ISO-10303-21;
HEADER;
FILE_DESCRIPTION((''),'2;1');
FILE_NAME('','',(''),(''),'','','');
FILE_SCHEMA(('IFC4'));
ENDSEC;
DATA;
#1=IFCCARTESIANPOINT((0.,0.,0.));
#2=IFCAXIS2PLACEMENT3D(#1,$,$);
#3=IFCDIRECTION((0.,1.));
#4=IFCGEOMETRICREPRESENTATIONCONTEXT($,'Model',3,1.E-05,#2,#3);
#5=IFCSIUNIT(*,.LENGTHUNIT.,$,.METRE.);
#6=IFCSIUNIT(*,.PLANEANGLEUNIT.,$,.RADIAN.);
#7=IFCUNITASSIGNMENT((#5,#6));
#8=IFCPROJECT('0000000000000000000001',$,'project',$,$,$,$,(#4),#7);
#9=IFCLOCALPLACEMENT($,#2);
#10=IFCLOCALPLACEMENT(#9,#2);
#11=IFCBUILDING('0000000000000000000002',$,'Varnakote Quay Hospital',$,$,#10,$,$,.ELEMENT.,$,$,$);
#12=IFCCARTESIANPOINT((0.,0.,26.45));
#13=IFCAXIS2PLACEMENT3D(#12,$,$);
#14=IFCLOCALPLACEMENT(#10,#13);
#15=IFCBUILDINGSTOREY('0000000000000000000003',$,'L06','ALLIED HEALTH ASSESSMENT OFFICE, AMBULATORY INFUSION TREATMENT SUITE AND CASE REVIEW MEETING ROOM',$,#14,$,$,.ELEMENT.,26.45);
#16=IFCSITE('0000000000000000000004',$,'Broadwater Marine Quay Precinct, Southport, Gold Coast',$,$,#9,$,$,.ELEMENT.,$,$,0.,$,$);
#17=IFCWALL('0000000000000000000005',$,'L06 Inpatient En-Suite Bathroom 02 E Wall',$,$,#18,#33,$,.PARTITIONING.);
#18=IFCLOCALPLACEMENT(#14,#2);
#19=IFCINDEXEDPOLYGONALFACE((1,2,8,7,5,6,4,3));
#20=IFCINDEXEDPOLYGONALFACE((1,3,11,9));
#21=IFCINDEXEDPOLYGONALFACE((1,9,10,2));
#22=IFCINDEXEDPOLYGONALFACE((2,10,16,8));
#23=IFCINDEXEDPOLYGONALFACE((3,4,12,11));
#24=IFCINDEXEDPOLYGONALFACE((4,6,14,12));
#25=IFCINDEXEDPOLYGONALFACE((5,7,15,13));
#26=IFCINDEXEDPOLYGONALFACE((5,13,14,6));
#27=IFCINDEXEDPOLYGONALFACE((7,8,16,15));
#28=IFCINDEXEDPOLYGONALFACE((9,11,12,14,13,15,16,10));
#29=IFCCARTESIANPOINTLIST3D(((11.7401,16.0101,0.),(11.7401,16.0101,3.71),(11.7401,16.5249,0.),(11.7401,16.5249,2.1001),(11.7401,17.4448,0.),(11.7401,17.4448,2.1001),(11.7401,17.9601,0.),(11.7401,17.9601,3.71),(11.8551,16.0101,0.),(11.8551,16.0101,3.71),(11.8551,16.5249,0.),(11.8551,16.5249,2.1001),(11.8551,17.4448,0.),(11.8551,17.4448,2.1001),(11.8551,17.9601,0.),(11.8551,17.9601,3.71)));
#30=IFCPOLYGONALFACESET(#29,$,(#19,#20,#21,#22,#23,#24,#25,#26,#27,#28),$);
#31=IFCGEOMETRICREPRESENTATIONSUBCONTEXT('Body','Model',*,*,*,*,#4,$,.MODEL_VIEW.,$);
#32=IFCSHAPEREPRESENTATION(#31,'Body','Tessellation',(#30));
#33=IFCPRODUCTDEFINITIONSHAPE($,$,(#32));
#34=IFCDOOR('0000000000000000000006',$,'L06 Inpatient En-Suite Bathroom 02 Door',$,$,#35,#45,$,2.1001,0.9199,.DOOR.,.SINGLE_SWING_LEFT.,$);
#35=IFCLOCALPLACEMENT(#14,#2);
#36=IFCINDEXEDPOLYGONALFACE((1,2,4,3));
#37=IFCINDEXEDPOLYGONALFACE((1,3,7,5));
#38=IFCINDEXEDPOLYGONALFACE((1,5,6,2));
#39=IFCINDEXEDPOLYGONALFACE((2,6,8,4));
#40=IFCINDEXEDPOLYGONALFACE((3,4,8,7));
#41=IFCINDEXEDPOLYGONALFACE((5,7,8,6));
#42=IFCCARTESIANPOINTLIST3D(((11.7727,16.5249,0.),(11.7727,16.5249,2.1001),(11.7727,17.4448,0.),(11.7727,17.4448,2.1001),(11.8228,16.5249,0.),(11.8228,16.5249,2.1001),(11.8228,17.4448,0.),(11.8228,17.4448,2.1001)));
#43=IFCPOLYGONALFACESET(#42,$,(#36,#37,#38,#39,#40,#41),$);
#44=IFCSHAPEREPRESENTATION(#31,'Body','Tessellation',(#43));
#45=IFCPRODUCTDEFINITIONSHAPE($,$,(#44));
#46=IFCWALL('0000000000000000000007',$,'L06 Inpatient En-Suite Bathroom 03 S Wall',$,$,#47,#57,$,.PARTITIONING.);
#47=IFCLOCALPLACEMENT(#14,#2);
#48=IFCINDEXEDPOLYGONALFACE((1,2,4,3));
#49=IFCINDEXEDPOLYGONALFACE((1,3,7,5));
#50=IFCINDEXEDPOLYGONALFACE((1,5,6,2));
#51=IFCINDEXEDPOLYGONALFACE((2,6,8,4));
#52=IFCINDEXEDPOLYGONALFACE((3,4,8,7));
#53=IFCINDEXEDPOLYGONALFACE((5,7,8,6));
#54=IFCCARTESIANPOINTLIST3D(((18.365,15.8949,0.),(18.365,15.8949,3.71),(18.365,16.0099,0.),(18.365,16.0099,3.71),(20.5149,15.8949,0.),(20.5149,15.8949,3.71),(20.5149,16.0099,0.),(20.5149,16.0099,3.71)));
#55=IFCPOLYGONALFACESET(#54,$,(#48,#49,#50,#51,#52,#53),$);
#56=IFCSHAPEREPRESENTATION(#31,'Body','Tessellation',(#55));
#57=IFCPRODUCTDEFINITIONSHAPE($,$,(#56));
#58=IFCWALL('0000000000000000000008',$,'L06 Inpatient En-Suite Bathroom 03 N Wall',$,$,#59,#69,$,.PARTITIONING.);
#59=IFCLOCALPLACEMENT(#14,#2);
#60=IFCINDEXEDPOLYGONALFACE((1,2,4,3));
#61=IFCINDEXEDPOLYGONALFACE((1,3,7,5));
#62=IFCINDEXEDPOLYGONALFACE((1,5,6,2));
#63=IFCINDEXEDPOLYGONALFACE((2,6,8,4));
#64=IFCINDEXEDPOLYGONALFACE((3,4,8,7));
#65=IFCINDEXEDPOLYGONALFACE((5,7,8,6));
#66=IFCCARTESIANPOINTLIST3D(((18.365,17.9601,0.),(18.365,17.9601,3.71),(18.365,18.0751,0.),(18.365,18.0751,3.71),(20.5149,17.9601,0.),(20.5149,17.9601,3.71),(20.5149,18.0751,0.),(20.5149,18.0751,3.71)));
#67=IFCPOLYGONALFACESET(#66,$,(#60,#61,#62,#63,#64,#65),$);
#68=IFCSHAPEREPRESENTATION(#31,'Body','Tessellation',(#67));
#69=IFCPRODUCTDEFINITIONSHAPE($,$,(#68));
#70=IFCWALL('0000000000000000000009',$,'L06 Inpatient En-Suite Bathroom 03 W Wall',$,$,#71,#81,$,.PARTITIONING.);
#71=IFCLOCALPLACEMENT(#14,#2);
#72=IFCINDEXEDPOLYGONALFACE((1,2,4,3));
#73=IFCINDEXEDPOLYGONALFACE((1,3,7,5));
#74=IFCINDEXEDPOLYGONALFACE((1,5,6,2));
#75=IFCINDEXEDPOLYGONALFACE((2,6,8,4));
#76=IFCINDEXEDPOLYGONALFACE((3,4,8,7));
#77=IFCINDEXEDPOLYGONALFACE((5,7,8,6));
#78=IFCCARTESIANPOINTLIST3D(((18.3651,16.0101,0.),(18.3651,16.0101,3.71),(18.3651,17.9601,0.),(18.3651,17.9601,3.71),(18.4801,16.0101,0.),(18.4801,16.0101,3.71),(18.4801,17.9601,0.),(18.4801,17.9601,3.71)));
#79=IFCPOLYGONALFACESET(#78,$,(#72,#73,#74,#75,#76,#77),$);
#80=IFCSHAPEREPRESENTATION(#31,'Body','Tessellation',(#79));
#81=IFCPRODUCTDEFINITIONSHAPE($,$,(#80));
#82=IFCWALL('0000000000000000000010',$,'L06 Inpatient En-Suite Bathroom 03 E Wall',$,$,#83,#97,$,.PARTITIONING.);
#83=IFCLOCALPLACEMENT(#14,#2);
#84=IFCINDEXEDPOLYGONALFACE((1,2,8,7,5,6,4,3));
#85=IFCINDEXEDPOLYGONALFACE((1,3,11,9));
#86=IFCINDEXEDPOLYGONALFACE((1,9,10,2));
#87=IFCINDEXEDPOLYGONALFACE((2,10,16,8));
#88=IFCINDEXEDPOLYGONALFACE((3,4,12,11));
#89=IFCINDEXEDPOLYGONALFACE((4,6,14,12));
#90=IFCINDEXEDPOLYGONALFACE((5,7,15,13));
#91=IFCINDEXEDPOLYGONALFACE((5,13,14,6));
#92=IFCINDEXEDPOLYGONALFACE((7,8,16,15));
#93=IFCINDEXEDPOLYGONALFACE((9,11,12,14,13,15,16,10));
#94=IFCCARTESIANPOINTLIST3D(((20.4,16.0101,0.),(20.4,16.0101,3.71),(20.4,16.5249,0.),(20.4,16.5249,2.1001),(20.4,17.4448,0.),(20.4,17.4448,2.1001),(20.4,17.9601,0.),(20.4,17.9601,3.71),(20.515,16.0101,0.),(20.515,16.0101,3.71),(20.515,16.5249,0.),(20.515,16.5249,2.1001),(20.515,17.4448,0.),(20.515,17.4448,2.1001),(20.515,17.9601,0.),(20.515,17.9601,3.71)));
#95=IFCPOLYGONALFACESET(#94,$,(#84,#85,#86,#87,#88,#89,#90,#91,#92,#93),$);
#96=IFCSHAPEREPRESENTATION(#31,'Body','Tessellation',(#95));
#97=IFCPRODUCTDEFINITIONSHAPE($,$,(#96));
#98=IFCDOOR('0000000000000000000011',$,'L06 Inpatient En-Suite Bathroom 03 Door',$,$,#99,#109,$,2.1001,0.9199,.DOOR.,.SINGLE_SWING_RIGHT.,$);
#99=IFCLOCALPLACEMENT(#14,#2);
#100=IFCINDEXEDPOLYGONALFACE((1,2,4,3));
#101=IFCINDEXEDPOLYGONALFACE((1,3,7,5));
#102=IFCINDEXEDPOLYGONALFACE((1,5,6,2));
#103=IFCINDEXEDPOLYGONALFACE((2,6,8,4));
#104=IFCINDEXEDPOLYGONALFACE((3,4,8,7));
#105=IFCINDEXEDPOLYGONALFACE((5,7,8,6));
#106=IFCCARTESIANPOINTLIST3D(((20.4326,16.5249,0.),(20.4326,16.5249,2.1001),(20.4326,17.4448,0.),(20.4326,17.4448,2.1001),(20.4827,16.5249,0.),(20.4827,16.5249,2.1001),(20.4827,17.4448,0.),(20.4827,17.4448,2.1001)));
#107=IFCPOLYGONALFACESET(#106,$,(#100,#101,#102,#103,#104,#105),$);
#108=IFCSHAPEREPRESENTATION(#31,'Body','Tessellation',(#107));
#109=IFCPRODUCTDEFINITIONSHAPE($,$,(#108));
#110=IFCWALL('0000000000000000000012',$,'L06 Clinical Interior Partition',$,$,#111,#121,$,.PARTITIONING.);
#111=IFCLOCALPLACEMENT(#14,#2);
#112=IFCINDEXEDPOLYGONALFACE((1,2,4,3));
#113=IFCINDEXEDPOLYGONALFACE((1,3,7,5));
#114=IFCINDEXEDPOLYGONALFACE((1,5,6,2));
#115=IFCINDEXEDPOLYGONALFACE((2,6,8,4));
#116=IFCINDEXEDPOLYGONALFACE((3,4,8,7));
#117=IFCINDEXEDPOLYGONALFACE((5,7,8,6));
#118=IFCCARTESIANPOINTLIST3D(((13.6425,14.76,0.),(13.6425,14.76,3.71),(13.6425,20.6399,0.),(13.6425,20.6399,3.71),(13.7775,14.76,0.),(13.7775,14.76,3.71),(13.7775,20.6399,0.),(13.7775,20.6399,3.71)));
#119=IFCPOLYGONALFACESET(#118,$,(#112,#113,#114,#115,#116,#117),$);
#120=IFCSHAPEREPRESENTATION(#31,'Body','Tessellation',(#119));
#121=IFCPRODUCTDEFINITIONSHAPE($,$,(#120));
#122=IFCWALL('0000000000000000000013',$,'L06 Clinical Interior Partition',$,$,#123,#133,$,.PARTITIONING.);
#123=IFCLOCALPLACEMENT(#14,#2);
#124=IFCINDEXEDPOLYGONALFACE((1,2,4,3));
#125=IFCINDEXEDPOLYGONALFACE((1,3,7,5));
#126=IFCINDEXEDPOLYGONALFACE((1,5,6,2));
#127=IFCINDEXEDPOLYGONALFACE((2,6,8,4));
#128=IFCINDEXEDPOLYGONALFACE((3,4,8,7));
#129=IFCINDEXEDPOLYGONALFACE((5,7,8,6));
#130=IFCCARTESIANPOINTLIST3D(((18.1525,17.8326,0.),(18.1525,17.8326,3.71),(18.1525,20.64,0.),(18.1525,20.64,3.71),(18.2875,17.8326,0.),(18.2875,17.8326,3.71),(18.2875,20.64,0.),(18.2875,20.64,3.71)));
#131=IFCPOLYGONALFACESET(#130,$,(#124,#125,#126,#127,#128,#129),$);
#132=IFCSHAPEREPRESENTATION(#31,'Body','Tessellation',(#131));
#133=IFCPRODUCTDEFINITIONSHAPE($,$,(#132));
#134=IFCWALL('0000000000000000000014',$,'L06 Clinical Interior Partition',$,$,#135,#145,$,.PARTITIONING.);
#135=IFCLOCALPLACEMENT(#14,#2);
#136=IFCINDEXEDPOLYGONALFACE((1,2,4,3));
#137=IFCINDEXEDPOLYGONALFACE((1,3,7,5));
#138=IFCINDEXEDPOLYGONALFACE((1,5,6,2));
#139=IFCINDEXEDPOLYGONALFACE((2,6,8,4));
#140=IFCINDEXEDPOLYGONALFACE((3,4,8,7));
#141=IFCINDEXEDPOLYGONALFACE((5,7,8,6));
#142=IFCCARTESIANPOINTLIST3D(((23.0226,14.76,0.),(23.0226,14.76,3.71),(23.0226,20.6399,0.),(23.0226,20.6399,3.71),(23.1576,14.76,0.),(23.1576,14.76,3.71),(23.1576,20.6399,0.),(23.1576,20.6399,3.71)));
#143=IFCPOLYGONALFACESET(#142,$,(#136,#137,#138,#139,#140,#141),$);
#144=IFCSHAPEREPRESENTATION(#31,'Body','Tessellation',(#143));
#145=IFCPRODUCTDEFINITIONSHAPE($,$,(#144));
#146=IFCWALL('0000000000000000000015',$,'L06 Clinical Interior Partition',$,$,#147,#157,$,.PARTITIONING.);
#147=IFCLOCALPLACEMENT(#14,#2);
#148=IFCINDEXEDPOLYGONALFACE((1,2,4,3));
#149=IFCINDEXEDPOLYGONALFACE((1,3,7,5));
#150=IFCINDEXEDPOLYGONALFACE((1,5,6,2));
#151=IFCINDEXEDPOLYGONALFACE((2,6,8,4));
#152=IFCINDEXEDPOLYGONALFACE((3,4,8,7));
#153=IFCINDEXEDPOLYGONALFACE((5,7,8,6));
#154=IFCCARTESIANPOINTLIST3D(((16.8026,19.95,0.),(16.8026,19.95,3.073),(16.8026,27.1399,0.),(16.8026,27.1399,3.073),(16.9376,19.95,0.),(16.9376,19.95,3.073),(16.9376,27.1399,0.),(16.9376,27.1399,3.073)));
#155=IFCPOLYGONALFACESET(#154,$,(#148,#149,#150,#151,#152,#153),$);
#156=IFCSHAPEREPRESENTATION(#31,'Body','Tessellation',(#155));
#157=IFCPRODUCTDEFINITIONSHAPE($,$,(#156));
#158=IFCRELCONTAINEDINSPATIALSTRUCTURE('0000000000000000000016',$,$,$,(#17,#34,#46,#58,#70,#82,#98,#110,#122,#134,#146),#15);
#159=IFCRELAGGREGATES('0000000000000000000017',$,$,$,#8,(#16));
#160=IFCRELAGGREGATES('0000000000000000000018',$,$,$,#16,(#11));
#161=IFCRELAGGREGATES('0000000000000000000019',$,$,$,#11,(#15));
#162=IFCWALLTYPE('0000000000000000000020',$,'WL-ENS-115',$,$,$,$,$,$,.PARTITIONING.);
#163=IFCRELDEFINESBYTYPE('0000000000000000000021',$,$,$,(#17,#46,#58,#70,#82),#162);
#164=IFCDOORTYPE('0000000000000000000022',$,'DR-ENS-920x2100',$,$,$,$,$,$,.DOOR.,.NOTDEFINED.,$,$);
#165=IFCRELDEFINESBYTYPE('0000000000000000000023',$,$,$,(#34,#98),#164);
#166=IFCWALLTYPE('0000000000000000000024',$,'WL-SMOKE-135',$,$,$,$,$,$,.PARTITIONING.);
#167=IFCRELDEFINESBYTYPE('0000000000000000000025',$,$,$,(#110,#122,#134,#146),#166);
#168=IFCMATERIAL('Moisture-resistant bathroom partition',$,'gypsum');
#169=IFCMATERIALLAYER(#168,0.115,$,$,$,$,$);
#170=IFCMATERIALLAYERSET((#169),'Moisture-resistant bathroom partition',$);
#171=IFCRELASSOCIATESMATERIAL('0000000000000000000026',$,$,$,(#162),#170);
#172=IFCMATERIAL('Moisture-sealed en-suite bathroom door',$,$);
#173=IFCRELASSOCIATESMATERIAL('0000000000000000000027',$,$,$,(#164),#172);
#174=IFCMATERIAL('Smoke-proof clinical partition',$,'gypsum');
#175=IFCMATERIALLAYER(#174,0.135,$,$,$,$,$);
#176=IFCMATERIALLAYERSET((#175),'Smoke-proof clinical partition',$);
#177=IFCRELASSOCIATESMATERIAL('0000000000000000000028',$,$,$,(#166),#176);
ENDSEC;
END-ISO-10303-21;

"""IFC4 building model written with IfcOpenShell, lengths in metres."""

from ifc_helpers import new_model, si_unit, direction, frame, frame_2d, origin, place, context, subcontext, project, spatial, rectangle, extrude, material, layer, layer_set, type_object, element, fill, save


model = new_model("IFC4")

# Units and contexts
model_context = context("Model", 3, precision=1e-05, world=origin(), true_north=direction((0.0, 1.0)))
body_context = subcontext(model_context, "Body", "Model", "MODEL_VIEW")
ifc_project = project(units=[si_unit("LENGTHUNIT", "METRE"), si_unit("PLANEANGLEUNIT", "RADIAN")], contexts=[model_context])

# Site, building, storey
site_placement = place(None, origin())
site = spatial("IfcSite", under=ifc_project, at=site_placement, Name="Broadwater Marine Quay Precinct, Southport, Gold Coast", CompositionType="ELEMENT", RefElevation=0.0)
building_placement = place(site_placement, origin())
building = spatial("IfcBuilding", under=site, at=building_placement, Name="Varnakote Quay Hospital", CompositionType="ELEMENT")
storey_placement = place(building_placement, frame((0.0, 0.0, 26.45)))
storey = spatial("IfcBuildingStorey", under=building, at=storey_placement, Name="L06", Description="ALLIED HEALTH ASSESSMENT OFFICE, AMBULATORY INFUSION TREATMENT SUITE AND CASE REVIEW MEETING ROOM", CompositionType="ELEMENT", Elevation=26.45)

# Shared definitions
ifc_material_1 = material(Name="Moisture-resistant bathroom partition", Category="gypsum")
ifc_layer_1 = layer(ifc_material_1, 0.115)
ifc_layer_set_1 = layer_set([ifc_layer_1], Name="Moisture-resistant bathroom partition")
wall_type_1 = type_object("IfcWallType", Name="WL-ENS-115", PredefinedType="PARTITIONING", material=ifc_layer_set_1)

# Wall, opening, door
wall_1_placement = place(storey_placement, frame((11.7976, 16.01, 0.0), z_axis=(0.0, 0.0, 1.0), x_axis=(0.0, 1.0, 0.0)))
wall_1 = element("IfcWall", 1, at=wall_1_placement, inside=storey, type_object=wall_type_1, Name="L06 Inpatient En-Suite Bathroom 02 E Wall", PredefinedType="PARTITIONING", context=body_context, shape_type="SweptSolid", body=[
    extrude(rectangle(XDim=1.95, YDim=0.115, at=frame_2d((0.9751, 0.0))), origin(), (0.0, 0.0, 1.0), 3.71),
])
opening_1_placement = place(wall_1_placement, frame((0.5149, 0.0, 0.0)))
opening_1 = element("IfcOpeningElement", 2, at=opening_1_placement, cuts=wall_1, PredefinedType="OPENING", context=body_context, shape_type="SweptSolid", body=[
    extrude(rectangle(XDim=0.9199, YDim=2.1001, at=frame_2d((0.46, 1.05))), frame((0.0, 0.0674, 0.0), z_axis=(0.0, -1.0, 0.0), x_axis=(1.0, 0.0, 0.0)), (0.0, 0.0, 1.0), 0.135),
])
ifc_material_2 = material(Name="Moisture-sealed en-suite bathroom door")
door_type_1 = type_object("IfcDoorType", Name="DR-ENS-920x2100", OperationType="NOTDEFINED", PredefinedType="DOOR", material=ifc_material_2)
door_1_placement = place(opening_1_placement, origin())
door_1 = element("IfcDoor", 3, at=door_1_placement, inside=storey, type_object=door_type_1, Name="L06 Inpatient En-Suite Bathroom 02 Door", OperationType="SINGLE_SWING_LEFT", OverallHeight=2.1001, OverallWidth=0.9199, PredefinedType="DOOR", context=body_context, shape_type="SweptSolid", body=[
    extrude(rectangle(XDim=0.9199, YDim=2.1001, at=frame_2d((0.46, 1.05))), frame((0.0, 0.0249, 0.0), z_axis=(0.0, -1.0, 0.0), x_axis=(1.0, 0.0, 0.0)), (0.0, 0.0, 1.0), 0.05),
])
fill(opening_1, door_1)

# Walls
for number, where, z_axis, x_axis, name in (
    (4, (18.365, 15.9524, 0.0), (0.0, 0.0, 1.0), (1.0, 0.0, 0.0), "L06 Inpatient En-Suite Bathroom 03 S Wall"),
    (5, (18.365, 18.0176, 0.0), (0.0, 0.0, 1.0), (1.0, 0.0, 0.0), "L06 Inpatient En-Suite Bathroom 03 N Wall"),
):
    element("IfcWall", number, at=place(storey_placement, frame(where, z_axis=z_axis, x_axis=x_axis)), inside=storey, type_object=wall_type_1, Name=name, PredefinedType="PARTITIONING", context=body_context, shape_type="SweptSolid", body=[
        extrude(rectangle(XDim=2.1499, YDim=0.115, at=frame_2d((1.075, 0.0))), origin(), (0.0, 0.0, 1.0), 3.71),
    ])
wall_2_placement = place(storey_placement, frame((18.4226, 16.01, 0.0), z_axis=(0.0, 0.0, 1.0), x_axis=(0.0, 1.0, 0.0)))
element("IfcWall", 6, at=wall_2_placement, inside=storey, type_object=wall_type_1, Name="L06 Inpatient En-Suite Bathroom 03 W Wall", PredefinedType="PARTITIONING", context=body_context, shape_type="SweptSolid", body=[
    extrude(rectangle(XDim=1.95, YDim=0.115, at=frame_2d((0.9751, 0.0))), origin(), (0.0, 0.0, 1.0), 3.71),
])

# Wall, opening, door
wall_3_placement = place(storey_placement, frame((20.4575, 16.01, 0.0), z_axis=(0.0, 0.0, 1.0), x_axis=(0.0, 1.0, 0.0)))
wall_3 = element("IfcWall", 7, at=wall_3_placement, inside=storey, type_object=wall_type_1, Name="L06 Inpatient En-Suite Bathroom 03 E Wall", PredefinedType="PARTITIONING", context=body_context, shape_type="SweptSolid", body=[
    extrude(rectangle(XDim=1.95, YDim=0.115, at=frame_2d((0.9751, 0.0))), origin(), (0.0, 0.0, 1.0), 3.71),
])
opening_2_placement = place(wall_3_placement, frame((0.5149, 0.0, 0.0)))
opening_2 = element("IfcOpeningElement", 8, at=opening_2_placement, cuts=wall_3, PredefinedType="OPENING", context=body_context, shape_type="SweptSolid", body=[
    extrude(rectangle(XDim=0.9199, YDim=2.1001, at=frame_2d((0.46, 1.05))), frame((0.0, 0.0674, 0.0), z_axis=(0.0, -1.0, 0.0), x_axis=(1.0, 0.0, 0.0)), (0.0, 0.0, 1.0), 0.135),
])
door_2_placement = place(opening_2_placement, origin())
door_2 = element("IfcDoor", 9, at=door_2_placement, inside=storey, type_object=door_type_1, Name="L06 Inpatient En-Suite Bathroom 03 Door", OperationType="SINGLE_SWING_RIGHT", OverallHeight=2.1001, OverallWidth=0.9199, PredefinedType="DOOR", context=body_context, shape_type="SweptSolid", body=[
    extrude(rectangle(XDim=0.9199, YDim=2.1001, at=frame_2d((0.46, 1.05))), frame((0.0, 0.0249, 0.0), z_axis=(0.0, -1.0, 0.0), x_axis=(1.0, 0.0, 0.0)), (0.0, 0.0, 1.0), 0.05),
])
fill(opening_2, door_2)

# Walls
ifc_material_3 = material(Name="Smoke-proof clinical partition", Category="gypsum")
ifc_layer_2 = layer(ifc_material_3, 0.135)
ifc_layer_set_2 = layer_set([ifc_layer_2], Name="Smoke-proof clinical partition")
wall_type_2 = type_object("IfcWallType", Name="WL-SMOKE-135", PredefinedType="PARTITIONING", material=ifc_layer_set_2)
wall_4_placement = place(storey_placement, frame((13.71, 14.76, 0.0), z_axis=(0.0, 0.0, 1.0), x_axis=(0.0, 1.0, 0.0)))
element("IfcWall", 10, at=wall_4_placement, inside=storey, type_object=wall_type_2, Name="L06 Clinical Interior Partition", PredefinedType="PARTITIONING", context=body_context, shape_type="SweptSolid", body=[
    extrude(rectangle(XDim=5.8799, YDim=0.135, at=frame_2d((2.9399, 0.0))), origin(), (0.0, 0.0, 1.0), 3.71),
])
wall_5_placement = place(storey_placement, frame((18.22, 17.8325, 0.0), z_axis=(0.0, 0.0, 1.0), x_axis=(0.0, 1.0, 0.0)))
element("IfcWall", 11, at=wall_5_placement, inside=storey, type_object=wall_type_2, Name="L06 Clinical Interior Partition", PredefinedType="PARTITIONING", context=body_context, shape_type="SweptSolid", body=[
    extrude(rectangle(XDim=2.8074, YDim=0.135, at=frame_2d((1.4038, 0.0))), origin(), (0.0, 0.0, 1.0), 3.71),
])
wall_6_placement = place(storey_placement, frame((23.0901, 14.76, 0.0), z_axis=(0.0, 0.0, 1.0), x_axis=(0.0, 1.0, 0.0)))
element("IfcWall", 12, at=wall_6_placement, inside=storey, type_object=wall_type_2, Name="L06 Clinical Interior Partition", PredefinedType="PARTITIONING", context=body_context, shape_type="SweptSolid", body=[
    extrude(rectangle(XDim=5.8799, YDim=0.135, at=frame_2d((2.9399, 0.0))), origin(), (0.0, 0.0, 1.0), 3.71),
])
wall_7_placement = place(storey_placement, frame((16.8701, 19.95, 0.0), z_axis=(0.0, 0.0, 1.0), x_axis=(0.0, 1.0, 0.0)))
element("IfcWall", 13, at=wall_7_placement, inside=storey, type_object=wall_type_2, Name="L06 Clinical Interior Partition", PredefinedType="PARTITIONING", context=body_context, shape_type="SweptSolid", body=[
    extrude(rectangle(XDim=7.1899, YDim=0.135, at=frame_2d((3.595, 0.0))), origin(), (0.0, 0.0, 1.0), 3.073),
])

save(model, "model.ifc")
